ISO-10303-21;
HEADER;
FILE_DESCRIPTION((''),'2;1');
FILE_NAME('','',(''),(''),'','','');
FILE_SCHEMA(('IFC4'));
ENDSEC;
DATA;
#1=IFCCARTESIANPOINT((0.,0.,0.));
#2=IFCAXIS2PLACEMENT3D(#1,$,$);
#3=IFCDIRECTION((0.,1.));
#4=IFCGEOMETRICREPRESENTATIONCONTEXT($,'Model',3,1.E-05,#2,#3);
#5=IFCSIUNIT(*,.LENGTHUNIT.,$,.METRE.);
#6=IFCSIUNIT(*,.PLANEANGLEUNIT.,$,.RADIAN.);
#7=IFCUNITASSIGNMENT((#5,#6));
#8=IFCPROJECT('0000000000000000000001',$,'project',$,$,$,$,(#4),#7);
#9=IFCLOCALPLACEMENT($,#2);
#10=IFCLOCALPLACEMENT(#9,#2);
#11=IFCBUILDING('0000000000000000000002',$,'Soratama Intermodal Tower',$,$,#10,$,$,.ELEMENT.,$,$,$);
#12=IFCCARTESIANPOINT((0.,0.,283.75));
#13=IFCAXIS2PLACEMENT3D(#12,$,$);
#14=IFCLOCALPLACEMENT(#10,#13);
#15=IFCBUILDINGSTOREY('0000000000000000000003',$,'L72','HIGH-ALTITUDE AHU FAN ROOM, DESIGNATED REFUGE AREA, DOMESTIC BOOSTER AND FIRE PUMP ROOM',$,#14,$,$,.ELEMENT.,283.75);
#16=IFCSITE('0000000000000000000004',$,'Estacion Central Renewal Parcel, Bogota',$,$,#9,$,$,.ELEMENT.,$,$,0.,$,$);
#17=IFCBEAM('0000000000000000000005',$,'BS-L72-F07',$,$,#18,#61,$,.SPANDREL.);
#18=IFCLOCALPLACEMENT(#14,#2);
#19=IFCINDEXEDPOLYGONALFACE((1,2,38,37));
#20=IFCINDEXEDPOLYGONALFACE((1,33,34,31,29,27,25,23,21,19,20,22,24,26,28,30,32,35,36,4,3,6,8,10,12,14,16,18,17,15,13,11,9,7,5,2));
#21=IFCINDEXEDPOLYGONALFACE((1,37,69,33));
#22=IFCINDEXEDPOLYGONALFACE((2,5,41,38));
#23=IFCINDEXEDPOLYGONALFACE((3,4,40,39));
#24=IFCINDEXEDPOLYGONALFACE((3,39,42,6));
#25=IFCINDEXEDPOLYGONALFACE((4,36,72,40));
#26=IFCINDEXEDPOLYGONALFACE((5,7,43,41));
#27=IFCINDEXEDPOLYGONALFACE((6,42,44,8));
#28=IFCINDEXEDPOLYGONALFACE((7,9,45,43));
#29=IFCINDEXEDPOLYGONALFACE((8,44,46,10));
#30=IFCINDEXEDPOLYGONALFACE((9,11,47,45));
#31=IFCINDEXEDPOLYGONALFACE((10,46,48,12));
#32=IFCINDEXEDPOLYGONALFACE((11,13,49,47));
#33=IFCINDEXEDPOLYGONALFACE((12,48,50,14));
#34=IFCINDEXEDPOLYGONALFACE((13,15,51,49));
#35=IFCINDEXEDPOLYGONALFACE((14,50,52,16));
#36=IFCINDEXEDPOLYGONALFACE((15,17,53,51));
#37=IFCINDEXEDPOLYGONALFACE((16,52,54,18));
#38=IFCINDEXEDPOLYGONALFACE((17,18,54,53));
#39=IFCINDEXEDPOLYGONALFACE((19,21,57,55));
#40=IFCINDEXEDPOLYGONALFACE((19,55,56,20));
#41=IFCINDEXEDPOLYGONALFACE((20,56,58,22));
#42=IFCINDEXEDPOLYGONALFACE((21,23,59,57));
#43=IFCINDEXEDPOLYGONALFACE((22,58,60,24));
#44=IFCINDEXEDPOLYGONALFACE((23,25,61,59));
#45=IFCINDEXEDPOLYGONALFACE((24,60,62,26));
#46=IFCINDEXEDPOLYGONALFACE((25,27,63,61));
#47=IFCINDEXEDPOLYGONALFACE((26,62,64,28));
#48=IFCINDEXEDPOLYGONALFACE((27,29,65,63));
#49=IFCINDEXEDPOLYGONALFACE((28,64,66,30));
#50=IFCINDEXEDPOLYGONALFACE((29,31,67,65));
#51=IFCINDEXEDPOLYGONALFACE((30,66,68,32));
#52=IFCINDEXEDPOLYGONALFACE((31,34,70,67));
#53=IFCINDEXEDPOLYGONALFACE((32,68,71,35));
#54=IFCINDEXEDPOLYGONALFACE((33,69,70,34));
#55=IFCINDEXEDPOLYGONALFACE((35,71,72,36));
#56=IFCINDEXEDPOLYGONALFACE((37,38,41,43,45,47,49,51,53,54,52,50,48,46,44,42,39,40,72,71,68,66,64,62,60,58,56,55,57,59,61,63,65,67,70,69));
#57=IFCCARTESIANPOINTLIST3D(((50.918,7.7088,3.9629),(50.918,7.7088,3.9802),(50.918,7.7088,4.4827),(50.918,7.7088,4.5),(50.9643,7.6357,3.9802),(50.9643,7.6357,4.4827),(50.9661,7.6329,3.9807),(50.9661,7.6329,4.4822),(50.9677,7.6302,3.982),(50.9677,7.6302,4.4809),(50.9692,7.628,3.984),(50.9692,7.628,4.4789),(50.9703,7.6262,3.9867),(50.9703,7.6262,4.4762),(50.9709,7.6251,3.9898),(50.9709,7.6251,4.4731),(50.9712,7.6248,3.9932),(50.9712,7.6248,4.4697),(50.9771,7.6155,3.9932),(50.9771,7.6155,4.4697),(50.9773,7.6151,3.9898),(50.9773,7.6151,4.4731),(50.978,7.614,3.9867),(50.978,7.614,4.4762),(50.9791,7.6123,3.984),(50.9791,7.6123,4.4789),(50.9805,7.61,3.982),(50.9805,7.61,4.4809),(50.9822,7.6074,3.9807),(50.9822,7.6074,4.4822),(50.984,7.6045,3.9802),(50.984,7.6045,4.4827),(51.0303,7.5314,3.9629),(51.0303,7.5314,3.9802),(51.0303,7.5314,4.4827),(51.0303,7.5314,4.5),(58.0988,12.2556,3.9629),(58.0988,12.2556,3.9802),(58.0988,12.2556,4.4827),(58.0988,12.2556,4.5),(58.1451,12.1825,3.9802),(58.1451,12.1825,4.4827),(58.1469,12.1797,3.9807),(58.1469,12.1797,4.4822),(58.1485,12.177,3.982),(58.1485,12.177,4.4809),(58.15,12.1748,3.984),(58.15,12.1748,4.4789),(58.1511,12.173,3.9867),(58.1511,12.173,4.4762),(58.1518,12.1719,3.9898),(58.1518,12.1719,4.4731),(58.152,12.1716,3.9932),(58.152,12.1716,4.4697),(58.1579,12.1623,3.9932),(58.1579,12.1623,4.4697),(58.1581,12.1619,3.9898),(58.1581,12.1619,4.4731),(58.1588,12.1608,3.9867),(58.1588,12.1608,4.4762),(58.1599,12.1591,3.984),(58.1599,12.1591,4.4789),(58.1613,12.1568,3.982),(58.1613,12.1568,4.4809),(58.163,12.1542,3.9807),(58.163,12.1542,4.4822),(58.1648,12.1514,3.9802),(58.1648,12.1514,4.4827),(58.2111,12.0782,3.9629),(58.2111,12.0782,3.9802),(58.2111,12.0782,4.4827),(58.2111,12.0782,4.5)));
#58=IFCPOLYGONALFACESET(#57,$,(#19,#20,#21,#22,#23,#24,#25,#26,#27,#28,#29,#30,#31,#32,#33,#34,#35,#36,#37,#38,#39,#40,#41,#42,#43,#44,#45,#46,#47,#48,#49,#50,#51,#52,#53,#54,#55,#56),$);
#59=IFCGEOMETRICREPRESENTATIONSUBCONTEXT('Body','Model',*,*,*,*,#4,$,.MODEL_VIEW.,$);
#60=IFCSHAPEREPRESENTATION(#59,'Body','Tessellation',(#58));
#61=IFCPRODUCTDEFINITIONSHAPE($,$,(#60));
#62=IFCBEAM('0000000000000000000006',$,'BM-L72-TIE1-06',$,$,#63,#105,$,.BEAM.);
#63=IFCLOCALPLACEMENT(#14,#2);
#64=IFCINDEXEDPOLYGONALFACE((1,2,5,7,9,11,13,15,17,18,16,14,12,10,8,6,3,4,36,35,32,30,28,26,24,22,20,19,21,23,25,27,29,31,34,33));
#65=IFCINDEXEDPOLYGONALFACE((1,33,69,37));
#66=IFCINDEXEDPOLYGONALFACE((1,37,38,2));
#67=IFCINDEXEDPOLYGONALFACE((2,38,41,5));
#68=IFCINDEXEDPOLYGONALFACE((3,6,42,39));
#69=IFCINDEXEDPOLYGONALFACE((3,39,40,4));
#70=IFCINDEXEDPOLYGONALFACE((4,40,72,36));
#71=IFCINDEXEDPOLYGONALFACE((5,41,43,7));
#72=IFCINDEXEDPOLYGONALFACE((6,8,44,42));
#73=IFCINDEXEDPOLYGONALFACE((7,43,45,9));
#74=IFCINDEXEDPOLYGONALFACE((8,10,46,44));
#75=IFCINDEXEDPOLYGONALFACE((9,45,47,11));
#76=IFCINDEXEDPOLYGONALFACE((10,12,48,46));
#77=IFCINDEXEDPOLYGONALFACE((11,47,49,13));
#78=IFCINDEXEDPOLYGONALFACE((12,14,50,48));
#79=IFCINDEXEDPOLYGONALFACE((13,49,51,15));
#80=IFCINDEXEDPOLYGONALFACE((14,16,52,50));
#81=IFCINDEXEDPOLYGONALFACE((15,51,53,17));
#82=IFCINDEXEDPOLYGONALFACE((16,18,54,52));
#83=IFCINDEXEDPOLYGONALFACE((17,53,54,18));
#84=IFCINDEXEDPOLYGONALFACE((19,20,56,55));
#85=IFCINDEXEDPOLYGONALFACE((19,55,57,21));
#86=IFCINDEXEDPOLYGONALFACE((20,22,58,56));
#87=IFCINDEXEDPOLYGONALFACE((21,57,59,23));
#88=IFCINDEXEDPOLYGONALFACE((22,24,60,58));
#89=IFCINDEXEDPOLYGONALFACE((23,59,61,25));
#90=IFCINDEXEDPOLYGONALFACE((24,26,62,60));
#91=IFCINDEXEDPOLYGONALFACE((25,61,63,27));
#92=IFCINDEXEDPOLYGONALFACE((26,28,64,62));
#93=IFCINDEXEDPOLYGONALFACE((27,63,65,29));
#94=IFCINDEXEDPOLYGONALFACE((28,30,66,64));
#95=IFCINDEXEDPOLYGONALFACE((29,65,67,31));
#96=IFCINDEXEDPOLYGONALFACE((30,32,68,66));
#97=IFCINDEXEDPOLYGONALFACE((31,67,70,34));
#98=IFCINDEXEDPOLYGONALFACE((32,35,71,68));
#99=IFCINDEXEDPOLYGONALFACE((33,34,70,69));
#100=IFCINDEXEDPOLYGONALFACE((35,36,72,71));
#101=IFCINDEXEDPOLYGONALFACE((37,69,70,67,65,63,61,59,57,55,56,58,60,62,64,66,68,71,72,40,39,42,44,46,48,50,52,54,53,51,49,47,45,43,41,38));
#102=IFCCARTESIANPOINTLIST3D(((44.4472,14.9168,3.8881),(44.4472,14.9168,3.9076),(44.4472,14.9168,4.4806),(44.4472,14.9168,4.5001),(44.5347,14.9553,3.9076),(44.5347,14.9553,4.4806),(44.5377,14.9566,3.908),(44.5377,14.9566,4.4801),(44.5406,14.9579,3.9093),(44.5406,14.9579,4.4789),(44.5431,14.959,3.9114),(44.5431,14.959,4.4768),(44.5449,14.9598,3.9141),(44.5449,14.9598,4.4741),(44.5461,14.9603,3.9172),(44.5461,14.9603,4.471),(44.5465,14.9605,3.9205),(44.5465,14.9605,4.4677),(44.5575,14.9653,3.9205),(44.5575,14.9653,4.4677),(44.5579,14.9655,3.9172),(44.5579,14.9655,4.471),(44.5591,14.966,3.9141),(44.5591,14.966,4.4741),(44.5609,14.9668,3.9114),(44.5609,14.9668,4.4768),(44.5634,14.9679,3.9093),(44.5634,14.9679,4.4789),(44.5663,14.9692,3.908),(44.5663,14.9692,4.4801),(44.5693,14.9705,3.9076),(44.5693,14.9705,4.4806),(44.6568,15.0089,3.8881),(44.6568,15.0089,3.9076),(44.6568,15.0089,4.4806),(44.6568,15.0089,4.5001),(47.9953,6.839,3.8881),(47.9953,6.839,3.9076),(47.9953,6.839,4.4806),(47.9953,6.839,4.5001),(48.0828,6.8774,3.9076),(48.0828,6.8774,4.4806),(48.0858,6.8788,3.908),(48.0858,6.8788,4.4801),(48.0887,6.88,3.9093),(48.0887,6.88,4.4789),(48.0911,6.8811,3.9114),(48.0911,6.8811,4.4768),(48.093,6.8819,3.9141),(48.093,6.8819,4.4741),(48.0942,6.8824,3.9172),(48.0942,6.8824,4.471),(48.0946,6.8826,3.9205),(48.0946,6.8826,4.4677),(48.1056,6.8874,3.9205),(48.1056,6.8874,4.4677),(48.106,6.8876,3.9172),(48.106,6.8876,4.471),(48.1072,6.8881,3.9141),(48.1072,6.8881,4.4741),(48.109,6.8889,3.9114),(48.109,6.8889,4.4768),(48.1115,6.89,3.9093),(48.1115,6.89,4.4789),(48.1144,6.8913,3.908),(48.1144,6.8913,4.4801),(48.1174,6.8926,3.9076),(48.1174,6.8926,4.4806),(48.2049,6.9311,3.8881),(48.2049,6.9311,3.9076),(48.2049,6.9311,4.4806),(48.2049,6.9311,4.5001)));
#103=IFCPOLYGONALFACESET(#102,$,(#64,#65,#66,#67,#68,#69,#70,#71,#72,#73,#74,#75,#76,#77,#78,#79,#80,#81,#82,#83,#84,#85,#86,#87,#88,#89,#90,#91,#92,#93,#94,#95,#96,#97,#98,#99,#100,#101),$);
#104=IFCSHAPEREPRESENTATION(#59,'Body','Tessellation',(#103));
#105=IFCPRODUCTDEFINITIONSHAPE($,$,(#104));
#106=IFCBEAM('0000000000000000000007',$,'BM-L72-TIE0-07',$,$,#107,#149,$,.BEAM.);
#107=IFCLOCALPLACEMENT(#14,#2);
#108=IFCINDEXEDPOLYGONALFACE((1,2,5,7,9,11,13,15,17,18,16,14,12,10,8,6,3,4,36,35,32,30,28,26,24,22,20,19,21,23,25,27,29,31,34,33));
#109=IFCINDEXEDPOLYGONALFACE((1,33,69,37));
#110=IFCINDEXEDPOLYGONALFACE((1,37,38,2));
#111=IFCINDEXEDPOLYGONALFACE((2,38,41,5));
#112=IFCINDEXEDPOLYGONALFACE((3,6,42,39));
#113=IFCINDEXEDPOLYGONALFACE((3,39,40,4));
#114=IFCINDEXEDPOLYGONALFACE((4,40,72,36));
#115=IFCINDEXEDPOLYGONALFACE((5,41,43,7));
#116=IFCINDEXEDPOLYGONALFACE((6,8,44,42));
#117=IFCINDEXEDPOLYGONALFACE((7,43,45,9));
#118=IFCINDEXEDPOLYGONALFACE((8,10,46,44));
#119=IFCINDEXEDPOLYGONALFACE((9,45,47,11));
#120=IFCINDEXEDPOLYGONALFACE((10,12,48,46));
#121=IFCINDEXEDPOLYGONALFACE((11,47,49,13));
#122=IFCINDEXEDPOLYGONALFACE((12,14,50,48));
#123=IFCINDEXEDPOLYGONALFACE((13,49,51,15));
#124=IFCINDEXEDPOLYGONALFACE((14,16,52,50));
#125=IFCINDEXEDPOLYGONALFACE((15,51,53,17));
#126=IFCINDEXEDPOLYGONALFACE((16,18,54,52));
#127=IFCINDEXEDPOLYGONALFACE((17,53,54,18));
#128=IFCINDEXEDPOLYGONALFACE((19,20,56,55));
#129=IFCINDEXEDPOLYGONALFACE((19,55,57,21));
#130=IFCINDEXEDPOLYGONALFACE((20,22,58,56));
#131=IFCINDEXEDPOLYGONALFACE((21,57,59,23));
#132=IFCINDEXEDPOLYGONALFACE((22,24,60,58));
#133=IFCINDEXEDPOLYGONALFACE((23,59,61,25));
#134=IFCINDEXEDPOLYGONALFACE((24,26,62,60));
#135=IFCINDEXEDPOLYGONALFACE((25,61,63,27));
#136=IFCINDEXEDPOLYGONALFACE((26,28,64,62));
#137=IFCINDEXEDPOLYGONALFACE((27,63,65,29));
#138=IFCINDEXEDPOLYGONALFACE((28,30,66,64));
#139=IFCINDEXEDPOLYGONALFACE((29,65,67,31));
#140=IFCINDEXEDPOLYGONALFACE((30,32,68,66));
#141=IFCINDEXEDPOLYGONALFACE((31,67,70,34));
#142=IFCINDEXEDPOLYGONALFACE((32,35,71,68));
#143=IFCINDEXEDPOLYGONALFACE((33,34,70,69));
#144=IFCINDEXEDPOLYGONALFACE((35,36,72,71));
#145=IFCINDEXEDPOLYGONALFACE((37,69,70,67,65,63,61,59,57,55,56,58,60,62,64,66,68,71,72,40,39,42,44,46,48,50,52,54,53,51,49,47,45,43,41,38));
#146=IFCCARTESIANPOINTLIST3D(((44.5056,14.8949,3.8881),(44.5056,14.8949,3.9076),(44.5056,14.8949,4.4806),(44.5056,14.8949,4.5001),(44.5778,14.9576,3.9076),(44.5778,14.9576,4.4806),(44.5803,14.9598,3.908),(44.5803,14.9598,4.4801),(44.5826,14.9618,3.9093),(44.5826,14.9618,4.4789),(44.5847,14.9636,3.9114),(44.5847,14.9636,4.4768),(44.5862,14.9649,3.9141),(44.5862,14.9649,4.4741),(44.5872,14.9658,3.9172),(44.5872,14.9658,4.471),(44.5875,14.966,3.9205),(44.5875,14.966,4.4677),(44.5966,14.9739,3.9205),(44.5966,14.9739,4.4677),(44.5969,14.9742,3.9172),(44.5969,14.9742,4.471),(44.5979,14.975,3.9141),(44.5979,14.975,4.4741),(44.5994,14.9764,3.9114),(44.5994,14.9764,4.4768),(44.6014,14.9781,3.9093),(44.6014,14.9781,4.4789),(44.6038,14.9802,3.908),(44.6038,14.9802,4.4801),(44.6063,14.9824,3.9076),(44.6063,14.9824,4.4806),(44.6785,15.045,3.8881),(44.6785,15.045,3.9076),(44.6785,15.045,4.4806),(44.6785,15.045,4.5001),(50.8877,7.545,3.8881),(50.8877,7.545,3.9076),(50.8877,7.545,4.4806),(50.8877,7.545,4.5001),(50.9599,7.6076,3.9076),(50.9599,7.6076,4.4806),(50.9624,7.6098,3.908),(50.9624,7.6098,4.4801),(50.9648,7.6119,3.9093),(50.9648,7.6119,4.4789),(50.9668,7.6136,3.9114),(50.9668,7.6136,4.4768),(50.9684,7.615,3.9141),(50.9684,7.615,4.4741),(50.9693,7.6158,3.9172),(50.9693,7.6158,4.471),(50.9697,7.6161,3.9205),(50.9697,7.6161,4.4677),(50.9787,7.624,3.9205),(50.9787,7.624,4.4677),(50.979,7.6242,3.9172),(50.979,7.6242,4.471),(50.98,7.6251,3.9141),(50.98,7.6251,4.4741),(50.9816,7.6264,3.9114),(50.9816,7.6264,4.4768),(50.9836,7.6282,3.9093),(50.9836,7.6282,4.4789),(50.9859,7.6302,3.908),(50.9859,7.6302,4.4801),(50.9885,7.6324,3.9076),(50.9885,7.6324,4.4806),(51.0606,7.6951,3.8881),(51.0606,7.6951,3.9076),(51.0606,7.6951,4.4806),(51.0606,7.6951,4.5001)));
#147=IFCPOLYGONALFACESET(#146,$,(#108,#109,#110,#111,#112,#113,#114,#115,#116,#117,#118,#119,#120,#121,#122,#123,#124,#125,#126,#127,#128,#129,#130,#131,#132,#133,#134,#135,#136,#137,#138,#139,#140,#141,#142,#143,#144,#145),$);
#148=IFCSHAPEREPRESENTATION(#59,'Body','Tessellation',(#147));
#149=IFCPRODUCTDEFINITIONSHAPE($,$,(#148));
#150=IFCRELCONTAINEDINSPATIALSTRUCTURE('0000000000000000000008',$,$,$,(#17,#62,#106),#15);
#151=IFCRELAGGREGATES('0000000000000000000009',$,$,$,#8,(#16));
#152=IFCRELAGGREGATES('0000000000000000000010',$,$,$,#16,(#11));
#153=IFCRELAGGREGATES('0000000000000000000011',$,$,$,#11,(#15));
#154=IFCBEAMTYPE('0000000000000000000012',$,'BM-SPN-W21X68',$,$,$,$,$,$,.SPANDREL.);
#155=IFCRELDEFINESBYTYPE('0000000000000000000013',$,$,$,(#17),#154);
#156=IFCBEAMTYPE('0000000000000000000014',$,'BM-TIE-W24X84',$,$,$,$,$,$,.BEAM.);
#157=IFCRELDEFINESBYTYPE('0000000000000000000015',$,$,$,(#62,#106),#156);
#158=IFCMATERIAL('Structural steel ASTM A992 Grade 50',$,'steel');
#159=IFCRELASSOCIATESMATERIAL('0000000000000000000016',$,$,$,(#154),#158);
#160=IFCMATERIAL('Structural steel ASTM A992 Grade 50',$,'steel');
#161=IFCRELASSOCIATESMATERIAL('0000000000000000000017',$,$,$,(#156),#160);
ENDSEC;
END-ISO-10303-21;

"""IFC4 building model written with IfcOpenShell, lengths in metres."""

from ifc_helpers import new_model, si_unit, direction, frame, origin, origin_2d, place, context, subcontext, project, spatial, i_section, extrude, material, material_profile, profile_set, type_object, element, save


model = new_model("IFC4")

# Units and contexts
model_context = context("Model", 3, precision=1e-05, world=origin(), true_north=direction((0.0, 1.0)))
body_context = subcontext(model_context, "Body", "Model", "MODEL_VIEW")
ifc_project = project(units=[si_unit("LENGTHUNIT", "METRE"), si_unit("PLANEANGLEUNIT", "RADIAN")], contexts=[model_context])

# Site, building, storey
site_placement = place(None, origin())
site = spatial("IfcSite", under=ifc_project, at=site_placement, Name="Estacion Central Renewal Parcel, Bogota", CompositionType="ELEMENT", RefElevation=0.0)
building_placement = place(site_placement, origin())
building = spatial("IfcBuilding", under=site, at=building_placement, Name="Soratama Intermodal Tower", CompositionType="ELEMENT")
storey_placement = place(building_placement, frame((0.0, 0.0, 283.75)))
storey = spatial("IfcBuildingStorey", under=building, at=storey_placement, Name="L72", Description="HIGH-ALTITUDE AHU FAN ROOM, DESIGNATED REFUGE AREA, DOMESTIC BOOSTER AND FIRE PUMP ROOM", CompositionType="ELEMENT", Elevation=283.75)

# Beams
ifc_material_1 = material(Name="Structural steel ASTM A992 Grade 50", Category="steel")
ifc_material_profile_1 = material_profile(ifc_material_1, i_section(OverallWidth=0.21, OverallDepth=0.5371, WebThickness=0.011, FlangeThickness=0.0173, FilletRadius=0.0129, at=origin_2d()), Name="W21X68")
ifc_profile_set_1 = profile_set([ifc_material_profile_1], Name="Structural steel ASTM A992 Grade 50")
beam_type_1 = type_object("IfcBeamType", Name="BM-SPN-W21X68", PredefinedType="SPANDREL", material=ifc_profile_set_1)
beam_1_placement = place(storey_placement, frame((50.9741, 7.6201, 4.2314), z_axis=(0.844874, 0.534965, 0.0), x_axis=(-0.534965, 0.844874, 0.0)))
element("IfcBeam", 1, at=beam_1_placement, inside=storey, type_object=beam_type_1, Name="BS-L72-F07", PredefinedType="SPANDREL", context=body_context, shape_type="SweptSolid", body=[
    extrude(i_section(OverallWidth=0.21, OverallDepth=0.5371, WebThickness=0.011, FlangeThickness=0.0173, FilletRadius=0.0129, at=origin_2d()), origin(), (0.0, 0.0, 1.0), 8.4993),
])
ifc_material_2 = material(Name="Structural steel ASTM A992 Grade 50", Category="steel")
ifc_material_profile_2 = material_profile(ifc_material_2, i_section(OverallWidth=0.229, OverallDepth=0.6121, WebThickness=0.012, FlangeThickness=0.0195, FilletRadius=0.0129, at=origin_2d()), Name="W24X84")
ifc_profile_set_2 = profile_set([ifc_material_profile_2], Name="Structural steel ASTM A992 Grade 50")
beam_type_2 = type_object("IfcBeamType", Name="BM-TIE-W24X84", PredefinedType="BEAM", material=ifc_profile_set_2)
beam_2_placement = place(storey_placement, frame((44.552, 14.9629, 4.1941), z_axis=(0.402152, -0.915573, 0.0), x_axis=(0.915573, 0.402152, 0.0)))
element("IfcBeam", 2, at=beam_2_placement, inside=storey, type_object=beam_type_2, Name="BM-L72-TIE1-06", PredefinedType="BEAM", context=body_context, shape_type="SweptSolid", body=[
    extrude(i_section(OverallWidth=0.229, OverallDepth=0.6121, WebThickness=0.012, FlangeThickness=0.0195, FilletRadius=0.0129, at=origin_2d()), origin(), (0.0, 0.0, 1.0), 8.8228),
])
beam_3_placement = place(storey_placement, frame((44.592, 14.97, 4.1941), z_axis=(0.655646, -0.755068, 0.0), x_axis=(0.755068, 0.655646, 0.0)))
element("IfcBeam", 3, at=beam_3_placement, inside=storey, type_object=beam_type_2, Name="BM-L72-TIE0-07", PredefinedType="BEAM", context=body_context, shape_type="SweptSolid", body=[
    extrude(i_section(OverallWidth=0.229, OverallDepth=0.6121, WebThickness=0.012, FlangeThickness=0.0195, FilletRadius=0.0129, at=origin_2d()), origin(), (0.0, 0.0, 1.0), 9.7341),
])

save(model, "model.ifc")
